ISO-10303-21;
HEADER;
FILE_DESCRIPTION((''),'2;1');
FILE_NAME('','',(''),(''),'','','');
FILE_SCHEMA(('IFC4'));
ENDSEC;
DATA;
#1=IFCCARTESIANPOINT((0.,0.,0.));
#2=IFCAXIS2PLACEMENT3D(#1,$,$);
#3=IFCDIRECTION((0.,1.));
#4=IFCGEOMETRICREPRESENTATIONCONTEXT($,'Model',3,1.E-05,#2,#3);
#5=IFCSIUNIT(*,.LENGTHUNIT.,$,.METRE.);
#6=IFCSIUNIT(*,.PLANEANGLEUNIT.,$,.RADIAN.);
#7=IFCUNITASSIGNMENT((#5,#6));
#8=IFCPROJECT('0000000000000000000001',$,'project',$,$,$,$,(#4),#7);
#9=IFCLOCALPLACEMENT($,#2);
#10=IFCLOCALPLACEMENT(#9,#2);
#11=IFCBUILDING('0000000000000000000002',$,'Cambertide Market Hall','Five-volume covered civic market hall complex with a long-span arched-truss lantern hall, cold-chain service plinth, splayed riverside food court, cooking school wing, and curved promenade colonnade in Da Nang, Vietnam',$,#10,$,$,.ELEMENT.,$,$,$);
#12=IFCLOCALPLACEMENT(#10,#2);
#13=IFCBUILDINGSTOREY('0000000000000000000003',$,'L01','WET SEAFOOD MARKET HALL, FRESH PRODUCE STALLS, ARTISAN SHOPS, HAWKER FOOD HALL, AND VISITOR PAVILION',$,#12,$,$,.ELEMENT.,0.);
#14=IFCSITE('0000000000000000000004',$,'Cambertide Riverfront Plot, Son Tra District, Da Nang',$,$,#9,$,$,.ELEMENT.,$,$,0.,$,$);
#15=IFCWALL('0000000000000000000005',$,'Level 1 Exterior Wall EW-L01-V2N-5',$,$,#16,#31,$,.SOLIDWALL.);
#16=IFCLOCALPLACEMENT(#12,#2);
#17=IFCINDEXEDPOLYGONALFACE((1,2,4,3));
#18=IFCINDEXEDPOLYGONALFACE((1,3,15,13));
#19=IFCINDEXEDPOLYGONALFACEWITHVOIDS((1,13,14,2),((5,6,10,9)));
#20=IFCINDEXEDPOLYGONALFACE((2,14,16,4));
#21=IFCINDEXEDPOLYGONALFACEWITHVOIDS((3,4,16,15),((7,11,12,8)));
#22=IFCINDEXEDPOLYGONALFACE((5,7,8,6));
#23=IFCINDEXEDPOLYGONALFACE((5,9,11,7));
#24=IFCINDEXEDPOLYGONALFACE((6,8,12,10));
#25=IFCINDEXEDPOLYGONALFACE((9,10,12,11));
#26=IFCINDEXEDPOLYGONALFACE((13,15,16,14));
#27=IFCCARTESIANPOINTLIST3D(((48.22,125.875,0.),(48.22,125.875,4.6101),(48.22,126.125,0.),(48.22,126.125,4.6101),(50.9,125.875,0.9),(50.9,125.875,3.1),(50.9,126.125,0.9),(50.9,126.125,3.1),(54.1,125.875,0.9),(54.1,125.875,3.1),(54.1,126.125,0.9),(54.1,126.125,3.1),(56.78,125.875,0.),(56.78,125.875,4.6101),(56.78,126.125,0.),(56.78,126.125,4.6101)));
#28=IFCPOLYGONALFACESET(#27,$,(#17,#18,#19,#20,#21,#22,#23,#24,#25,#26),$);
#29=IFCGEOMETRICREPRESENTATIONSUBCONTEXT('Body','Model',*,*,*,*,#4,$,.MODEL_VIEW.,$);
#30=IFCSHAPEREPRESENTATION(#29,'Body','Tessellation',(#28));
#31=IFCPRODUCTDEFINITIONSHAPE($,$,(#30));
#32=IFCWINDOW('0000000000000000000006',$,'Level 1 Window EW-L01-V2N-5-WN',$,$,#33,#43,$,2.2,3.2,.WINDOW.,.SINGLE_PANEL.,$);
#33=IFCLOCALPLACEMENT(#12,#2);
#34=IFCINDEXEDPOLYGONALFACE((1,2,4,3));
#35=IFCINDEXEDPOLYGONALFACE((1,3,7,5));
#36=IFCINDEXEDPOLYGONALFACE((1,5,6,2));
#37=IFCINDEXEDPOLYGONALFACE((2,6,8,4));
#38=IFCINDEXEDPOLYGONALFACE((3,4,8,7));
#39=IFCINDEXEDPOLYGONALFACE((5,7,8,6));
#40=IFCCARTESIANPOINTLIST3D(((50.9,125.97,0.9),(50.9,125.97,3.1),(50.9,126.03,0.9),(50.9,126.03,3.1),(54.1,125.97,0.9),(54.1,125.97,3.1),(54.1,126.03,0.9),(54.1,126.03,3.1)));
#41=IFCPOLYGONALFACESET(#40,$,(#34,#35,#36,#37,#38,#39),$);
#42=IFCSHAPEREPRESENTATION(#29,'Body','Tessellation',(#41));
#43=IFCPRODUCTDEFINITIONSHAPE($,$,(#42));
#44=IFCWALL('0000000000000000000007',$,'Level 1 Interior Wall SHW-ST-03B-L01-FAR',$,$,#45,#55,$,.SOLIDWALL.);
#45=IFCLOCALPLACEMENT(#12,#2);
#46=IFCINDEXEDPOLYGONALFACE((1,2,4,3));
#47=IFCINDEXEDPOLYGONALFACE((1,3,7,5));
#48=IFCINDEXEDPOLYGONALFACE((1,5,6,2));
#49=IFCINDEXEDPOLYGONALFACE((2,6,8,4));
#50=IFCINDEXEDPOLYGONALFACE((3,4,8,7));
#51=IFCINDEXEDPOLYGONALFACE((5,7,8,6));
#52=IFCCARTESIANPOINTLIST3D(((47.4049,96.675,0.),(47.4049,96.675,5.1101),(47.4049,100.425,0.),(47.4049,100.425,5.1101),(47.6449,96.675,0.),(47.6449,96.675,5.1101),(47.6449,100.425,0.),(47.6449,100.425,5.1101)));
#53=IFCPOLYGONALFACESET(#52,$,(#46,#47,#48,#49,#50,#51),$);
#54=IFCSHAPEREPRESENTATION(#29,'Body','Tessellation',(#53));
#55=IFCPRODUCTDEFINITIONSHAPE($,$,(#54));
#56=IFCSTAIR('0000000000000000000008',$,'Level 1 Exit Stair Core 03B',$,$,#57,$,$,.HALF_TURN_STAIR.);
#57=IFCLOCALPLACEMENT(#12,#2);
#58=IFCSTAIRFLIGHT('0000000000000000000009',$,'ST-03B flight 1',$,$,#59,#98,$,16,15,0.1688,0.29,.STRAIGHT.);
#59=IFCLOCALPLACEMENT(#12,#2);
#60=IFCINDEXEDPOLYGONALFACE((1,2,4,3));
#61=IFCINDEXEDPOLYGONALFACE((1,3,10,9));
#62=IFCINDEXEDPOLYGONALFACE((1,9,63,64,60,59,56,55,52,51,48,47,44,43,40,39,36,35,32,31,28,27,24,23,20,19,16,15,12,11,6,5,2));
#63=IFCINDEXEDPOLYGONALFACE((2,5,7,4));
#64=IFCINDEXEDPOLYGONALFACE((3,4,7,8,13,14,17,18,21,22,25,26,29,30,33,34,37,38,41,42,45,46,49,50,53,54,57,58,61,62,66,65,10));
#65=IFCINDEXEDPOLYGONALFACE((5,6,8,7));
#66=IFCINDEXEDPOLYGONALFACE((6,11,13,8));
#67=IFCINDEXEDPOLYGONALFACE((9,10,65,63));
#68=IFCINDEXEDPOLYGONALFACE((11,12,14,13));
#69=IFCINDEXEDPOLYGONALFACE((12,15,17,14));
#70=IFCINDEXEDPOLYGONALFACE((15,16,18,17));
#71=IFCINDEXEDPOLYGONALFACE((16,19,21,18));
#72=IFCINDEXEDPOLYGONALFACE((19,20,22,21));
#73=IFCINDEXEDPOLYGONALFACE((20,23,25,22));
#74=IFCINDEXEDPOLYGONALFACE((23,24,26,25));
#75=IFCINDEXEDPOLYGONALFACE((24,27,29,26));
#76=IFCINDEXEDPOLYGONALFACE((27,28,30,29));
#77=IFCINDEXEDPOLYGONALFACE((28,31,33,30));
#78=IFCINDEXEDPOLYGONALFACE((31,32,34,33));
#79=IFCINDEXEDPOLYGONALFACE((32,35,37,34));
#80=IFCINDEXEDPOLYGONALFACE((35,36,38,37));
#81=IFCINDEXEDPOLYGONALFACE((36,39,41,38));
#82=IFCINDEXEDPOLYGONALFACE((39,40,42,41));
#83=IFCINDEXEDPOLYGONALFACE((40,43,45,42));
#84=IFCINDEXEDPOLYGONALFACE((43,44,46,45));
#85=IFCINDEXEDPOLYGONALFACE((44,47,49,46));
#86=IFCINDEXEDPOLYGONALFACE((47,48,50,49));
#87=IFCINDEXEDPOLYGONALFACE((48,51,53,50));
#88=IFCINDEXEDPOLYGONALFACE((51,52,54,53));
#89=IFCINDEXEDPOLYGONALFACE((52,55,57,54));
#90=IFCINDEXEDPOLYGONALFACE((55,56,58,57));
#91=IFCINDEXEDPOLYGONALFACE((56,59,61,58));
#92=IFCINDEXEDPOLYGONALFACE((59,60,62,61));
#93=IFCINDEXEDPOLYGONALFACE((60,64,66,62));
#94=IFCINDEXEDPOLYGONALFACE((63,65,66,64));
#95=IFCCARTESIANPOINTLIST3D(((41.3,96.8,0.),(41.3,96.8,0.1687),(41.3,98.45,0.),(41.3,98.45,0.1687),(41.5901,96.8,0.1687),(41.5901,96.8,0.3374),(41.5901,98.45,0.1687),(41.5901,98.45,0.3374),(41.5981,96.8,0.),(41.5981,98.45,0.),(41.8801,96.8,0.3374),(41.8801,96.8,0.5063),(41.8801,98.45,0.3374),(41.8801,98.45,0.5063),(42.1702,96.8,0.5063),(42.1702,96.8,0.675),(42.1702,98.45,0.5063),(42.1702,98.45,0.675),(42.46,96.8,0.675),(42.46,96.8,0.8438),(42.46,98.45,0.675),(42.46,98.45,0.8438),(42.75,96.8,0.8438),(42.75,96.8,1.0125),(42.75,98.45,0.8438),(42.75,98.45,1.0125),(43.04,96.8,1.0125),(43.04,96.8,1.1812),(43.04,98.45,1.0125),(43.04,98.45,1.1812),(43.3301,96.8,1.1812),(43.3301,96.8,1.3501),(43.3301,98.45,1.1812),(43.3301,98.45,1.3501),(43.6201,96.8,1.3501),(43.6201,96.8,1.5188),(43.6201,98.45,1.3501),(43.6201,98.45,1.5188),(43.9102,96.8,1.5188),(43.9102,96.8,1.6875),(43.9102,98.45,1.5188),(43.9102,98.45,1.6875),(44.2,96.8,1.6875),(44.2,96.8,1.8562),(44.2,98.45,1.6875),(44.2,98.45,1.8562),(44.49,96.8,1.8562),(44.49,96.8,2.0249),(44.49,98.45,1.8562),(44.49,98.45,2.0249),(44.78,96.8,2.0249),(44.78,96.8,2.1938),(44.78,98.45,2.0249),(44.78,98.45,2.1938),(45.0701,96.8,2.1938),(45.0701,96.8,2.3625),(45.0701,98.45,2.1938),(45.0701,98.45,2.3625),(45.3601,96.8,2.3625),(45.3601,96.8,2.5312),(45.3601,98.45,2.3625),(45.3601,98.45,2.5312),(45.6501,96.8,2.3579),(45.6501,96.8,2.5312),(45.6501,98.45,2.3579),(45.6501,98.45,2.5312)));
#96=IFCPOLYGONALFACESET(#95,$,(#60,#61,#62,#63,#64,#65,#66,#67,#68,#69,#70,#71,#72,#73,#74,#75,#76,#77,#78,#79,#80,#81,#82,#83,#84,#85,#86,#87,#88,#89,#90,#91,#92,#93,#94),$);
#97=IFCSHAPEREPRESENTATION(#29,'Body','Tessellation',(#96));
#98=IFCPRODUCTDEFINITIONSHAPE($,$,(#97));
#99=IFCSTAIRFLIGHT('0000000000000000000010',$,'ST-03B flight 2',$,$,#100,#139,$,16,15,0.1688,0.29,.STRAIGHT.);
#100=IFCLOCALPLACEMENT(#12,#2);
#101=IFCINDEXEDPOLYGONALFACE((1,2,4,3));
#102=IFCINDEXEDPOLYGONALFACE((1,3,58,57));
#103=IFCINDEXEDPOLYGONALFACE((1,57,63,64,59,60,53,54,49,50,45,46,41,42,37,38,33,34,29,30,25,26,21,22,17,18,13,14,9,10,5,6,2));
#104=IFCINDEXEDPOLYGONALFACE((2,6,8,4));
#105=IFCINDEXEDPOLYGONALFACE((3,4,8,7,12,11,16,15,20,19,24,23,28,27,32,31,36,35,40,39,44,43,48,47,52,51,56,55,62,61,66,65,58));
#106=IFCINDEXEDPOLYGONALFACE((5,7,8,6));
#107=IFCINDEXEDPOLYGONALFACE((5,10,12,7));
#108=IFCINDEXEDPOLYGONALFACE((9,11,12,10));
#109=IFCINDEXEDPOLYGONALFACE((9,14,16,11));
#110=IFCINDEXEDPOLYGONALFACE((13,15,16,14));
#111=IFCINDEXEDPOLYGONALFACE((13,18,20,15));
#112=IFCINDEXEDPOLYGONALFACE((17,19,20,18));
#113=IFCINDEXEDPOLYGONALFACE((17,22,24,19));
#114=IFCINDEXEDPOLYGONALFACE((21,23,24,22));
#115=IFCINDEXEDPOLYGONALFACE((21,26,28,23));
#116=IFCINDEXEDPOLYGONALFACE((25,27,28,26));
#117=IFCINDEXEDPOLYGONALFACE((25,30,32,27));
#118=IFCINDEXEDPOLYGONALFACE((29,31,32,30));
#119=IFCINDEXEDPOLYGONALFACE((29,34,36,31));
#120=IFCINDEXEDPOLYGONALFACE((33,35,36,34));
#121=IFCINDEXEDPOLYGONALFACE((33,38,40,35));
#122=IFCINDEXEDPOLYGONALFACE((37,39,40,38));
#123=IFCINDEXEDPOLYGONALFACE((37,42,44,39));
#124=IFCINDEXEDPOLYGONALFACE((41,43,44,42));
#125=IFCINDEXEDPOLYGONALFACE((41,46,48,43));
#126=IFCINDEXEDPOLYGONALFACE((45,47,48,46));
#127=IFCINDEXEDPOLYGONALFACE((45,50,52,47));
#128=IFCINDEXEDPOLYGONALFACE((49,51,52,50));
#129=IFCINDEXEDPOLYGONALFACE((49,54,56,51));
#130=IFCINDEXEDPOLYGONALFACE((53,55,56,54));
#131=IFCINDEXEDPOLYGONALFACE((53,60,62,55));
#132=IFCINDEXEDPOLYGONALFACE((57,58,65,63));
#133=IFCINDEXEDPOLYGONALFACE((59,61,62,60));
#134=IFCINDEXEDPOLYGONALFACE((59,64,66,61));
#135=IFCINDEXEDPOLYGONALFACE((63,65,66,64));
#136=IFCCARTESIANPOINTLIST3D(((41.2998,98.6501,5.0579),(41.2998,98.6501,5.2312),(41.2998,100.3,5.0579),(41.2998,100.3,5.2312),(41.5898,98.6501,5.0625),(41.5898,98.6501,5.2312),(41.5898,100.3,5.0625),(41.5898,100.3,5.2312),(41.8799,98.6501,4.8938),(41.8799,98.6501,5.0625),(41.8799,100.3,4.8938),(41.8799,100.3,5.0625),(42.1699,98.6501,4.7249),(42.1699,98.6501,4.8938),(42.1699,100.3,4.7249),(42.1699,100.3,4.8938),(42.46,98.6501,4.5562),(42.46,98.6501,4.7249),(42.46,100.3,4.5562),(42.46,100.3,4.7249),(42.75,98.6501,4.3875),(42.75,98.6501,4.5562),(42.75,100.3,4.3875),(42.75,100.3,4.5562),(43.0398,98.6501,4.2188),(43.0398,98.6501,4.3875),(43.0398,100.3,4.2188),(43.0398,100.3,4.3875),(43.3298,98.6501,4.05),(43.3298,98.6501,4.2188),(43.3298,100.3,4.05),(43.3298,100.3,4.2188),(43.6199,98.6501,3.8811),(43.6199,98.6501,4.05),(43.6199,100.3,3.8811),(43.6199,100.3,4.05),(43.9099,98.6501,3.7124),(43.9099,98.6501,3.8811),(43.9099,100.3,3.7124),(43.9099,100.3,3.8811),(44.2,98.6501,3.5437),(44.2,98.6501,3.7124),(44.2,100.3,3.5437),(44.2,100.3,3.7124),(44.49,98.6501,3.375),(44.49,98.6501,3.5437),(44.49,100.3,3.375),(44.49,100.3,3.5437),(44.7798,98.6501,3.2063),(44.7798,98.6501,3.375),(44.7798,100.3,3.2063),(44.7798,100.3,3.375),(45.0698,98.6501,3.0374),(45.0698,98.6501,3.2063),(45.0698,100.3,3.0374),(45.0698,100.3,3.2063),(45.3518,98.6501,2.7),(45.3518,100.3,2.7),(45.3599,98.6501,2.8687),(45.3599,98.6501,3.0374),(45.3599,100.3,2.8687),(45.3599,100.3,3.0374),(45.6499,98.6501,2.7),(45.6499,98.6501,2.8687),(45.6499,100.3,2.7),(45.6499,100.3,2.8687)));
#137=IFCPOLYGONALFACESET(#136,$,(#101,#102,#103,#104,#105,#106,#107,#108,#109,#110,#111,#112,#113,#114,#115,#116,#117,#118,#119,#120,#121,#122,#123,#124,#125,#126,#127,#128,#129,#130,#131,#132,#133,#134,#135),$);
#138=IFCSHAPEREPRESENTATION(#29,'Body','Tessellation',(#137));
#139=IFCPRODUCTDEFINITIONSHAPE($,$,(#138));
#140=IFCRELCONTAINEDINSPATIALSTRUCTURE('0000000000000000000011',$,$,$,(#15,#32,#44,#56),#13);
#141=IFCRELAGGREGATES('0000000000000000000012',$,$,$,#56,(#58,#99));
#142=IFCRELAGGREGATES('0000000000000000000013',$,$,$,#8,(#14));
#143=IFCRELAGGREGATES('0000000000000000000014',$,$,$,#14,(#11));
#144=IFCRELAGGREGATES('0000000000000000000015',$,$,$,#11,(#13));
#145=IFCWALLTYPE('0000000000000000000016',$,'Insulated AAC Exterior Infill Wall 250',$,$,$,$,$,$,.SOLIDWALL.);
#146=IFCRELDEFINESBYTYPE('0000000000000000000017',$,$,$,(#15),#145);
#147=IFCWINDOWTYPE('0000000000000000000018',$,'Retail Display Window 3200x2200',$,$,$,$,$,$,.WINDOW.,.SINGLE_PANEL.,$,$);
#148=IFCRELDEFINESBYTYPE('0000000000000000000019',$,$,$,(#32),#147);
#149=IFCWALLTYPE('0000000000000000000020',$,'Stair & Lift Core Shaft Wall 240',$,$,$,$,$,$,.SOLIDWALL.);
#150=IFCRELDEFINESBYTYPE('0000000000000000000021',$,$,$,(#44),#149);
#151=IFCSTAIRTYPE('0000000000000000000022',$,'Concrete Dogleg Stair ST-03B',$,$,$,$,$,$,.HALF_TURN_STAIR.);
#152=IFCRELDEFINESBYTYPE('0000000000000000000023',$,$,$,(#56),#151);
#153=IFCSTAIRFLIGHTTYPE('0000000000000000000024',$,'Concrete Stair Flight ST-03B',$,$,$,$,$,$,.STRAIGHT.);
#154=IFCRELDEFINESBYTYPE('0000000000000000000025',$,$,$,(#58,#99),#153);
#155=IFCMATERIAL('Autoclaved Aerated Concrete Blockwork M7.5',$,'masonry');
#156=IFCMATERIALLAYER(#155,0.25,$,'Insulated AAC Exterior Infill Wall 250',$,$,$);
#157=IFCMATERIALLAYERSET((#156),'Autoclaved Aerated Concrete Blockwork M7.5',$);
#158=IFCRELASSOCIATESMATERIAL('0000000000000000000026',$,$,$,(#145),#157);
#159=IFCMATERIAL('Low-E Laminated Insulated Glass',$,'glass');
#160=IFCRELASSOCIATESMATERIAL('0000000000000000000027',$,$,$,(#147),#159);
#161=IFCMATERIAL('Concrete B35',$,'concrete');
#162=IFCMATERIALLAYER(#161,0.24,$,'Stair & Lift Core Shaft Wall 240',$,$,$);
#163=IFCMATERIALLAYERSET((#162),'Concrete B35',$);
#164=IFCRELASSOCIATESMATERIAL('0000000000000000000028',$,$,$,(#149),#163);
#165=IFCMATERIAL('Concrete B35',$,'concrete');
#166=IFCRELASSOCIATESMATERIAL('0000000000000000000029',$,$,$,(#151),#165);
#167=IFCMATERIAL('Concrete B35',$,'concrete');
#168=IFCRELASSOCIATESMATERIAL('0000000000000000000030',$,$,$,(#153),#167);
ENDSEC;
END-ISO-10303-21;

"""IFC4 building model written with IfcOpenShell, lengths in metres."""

from ifc_helpers import new_model, si_unit, direction, frame, frame_2d, origin, place, context, subcontext, project, spatial, polyline, rectangle, outline, extrude, material, layer, layer_set, type_object, element, fill, aggregate, save


model = new_model("IFC4")

# Units and contexts
model_context = context("Model", 3, precision=1e-05, world=origin(), true_north=direction((0.0, 1.0)))
body_context = subcontext(model_context, "Body", "Model", "MODEL_VIEW")
ifc_project = project(units=[si_unit("LENGTHUNIT", "METRE"), si_unit("PLANEANGLEUNIT", "RADIAN")], contexts=[model_context])

# Site, building, storey
site_placement = place(None, origin())
site = spatial("IfcSite", under=ifc_project, at=site_placement, Name="Cambertide Riverfront Plot, Son Tra District, Da Nang", CompositionType="ELEMENT", RefElevation=0.0)
building_placement = place(site_placement, origin())
building = spatial("IfcBuilding", under=site, at=building_placement, Name="Cambertide Market Hall", Description="Five-volume covered civic market hall complex with a long-span arched-truss lantern hall, cold-chain service plinth, splayed riverside food court, cooking school wing, and curved promenade colonnade in Da Nang, Vietnam", CompositionType="ELEMENT")
storey_placement = place(building_placement, origin())
storey = spatial("IfcBuildingStorey", under=building, at=storey_placement, Name="L01", Description="WET SEAFOOD MARKET HALL, FRESH PRODUCE STALLS, ARTISAN SHOPS, HAWKER FOOD HALL, AND VISITOR PAVILION", CompositionType="ELEMENT", Elevation=0.0)

# Wall, opening, window
ifc_material_1 = material(Name="Autoclaved Aerated Concrete Blockwork M7.5", Category="masonry")
ifc_layer_1 = layer(ifc_material_1, 0.25, Name="Insulated AAC Exterior Infill Wall 250")
ifc_layer_set_1 = layer_set([ifc_layer_1], Name="Autoclaved Aerated Concrete Blockwork M7.5")
wall_type_1 = type_object("IfcWallType", Name="Insulated AAC Exterior Infill Wall 250", PredefinedType="SOLIDWALL", material=ifc_layer_set_1)
wall_1_placement = place(storey_placement, frame((48.22, 126.0, 0.0), z_axis=(0.0, 0.0, 1.0), x_axis=(1.0, 0.0, 0.0)))
wall_1 = element("IfcWall", 1, at=wall_1_placement, inside=storey, type_object=wall_type_1, Name="Level 1 Exterior Wall EW-L01-V2N-5", PredefinedType="SOLIDWALL", context=body_context, shape_type="SweptSolid", body=[
    extrude(rectangle(XDim=8.5601, YDim=0.25, at=frame_2d((4.28, 0.0))), origin(), (0.0, 0.0, 1.0), 4.6101),
])
opening_1_placement = place(wall_1_placement, frame((2.6799, 0.0, 0.8999)))
opening_1 = element("IfcOpeningElement", 2, at=opening_1_placement, cuts=wall_1, PredefinedType="OPENING", context=body_context, shape_type="SweptSolid", body=[
    extrude(rectangle(XDim=3.2, YDim=2.2, at=frame_2d((1.6001, 1.1001))), frame((0.0, 0.135, 0.0), z_axis=(0.0, -1.0, 0.0), x_axis=(1.0, 0.0, 0.0)), (0.0, 0.0, 1.0), 0.27),
])
ifc_material_2 = material(Name="Low-E Laminated Insulated Glass", Category="glass")
window_type = type_object("IfcWindowType", Name="Retail Display Window 3200x2200", PartitioningType="SINGLE_PANEL", PredefinedType="WINDOW", material=ifc_material_2)
window_placement = place(opening_1_placement, origin())
window = element("IfcWindow", 3, at=window_placement, inside=storey, type_object=window_type, Name="Level 1 Window EW-L01-V2N-5-WN", OverallHeight=2.2, OverallWidth=3.2, PartitioningType="SINGLE_PANEL", PredefinedType="WINDOW", context=body_context, shape_type="SweptSolid", body=[
    extrude(rectangle(XDim=3.2, YDim=2.2, at=frame_2d((1.6001, 1.1001))), frame((0.0, 0.03, 0.0), z_axis=(0.0, -1.0, 0.0), x_axis=(1.0, 0.0, 0.0)), (0.0, 0.0, 1.0), 0.0601),
])
fill(opening_1, window)

# Wall
ifc_material_3 = material(Name="Concrete B35", Category="concrete")
ifc_layer_2 = layer(ifc_material_3, 0.24, Name="Stair & Lift Core Shaft Wall 240")
ifc_layer_set_2 = layer_set([ifc_layer_2], Name="Concrete B35")
wall_type_2 = type_object("IfcWallType", Name="Stair & Lift Core Shaft Wall 240", PredefinedType="SOLIDWALL", material=ifc_layer_set_2)
wall_2_placement = place(storey_placement, frame((47.5249, 100.425, 0.0), z_axis=(0.0, 0.0, 1.0), x_axis=(0.0, -1.0, 0.0)))
element("IfcWall", 4, at=wall_2_placement, inside=storey, type_object=wall_type_2, Name="Level 1 Interior Wall SHW-ST-03B-L01-FAR", PredefinedType="SOLIDWALL", context=body_context, shape_type="SweptSolid", body=[
    extrude(rectangle(XDim=3.75, YDim=0.24, at=frame_2d((1.875, 0.0))), origin(), (0.0, 0.0, 1.0), 5.1101),
])

# Stair, stair flights
ifc_material_4 = material(Name="Concrete B35", Category="concrete")
stair_type = type_object("IfcStairType", Name="Concrete Dogleg Stair ST-03B", PredefinedType="HALF_TURN_STAIR", material=ifc_material_4)
stair_placement = place(storey_placement, origin())
stair = element("IfcStair", 5, at=stair_placement, inside=storey, type_object=stair_type, Name="Level 1 Exit Stair Core 03B", PredefinedType="HALF_TURN_STAIR")
ifc_material_5 = material(Name="Concrete B35", Category="concrete")
stair_flight_type = type_object("IfcStairFlightType", Name="Concrete Stair Flight ST-03B", PredefinedType="STRAIGHT", material=ifc_material_5)
stair_flight_1_placement = place(storey_placement, frame((41.3, 97.625, 0.0), z_axis=(0.0, 0.0, 1.0), x_axis=(1.0, 0.0, 0.0)))
stair_flight_1 = element("IfcStairFlight", 6, at=stair_flight_1_placement, type_object=stair_flight_type, Name="ST-03B flight 1", NumberOfRisers=16, NumberOfTreads=15, PredefinedType="STRAIGHT", RiserHeight=0.1688, TreadLength=0.29, context=body_context, shape_type="SweptSolid", body=[
    extrude(outline(polyline([(0.0, 0.0), (0.0, 0.1687), (0.29, 0.1687), (0.29, 0.3374), (0.5801, 0.3374), (0.5801, 0.5063), (0.8701, 0.5063), (0.8701, 0.675), (1.1599, 0.675), (1.1599, 0.8438), (1.45, 0.8438), (1.45, 1.0125), (1.74, 1.0125), (1.74, 1.1812), (2.03, 1.1812), (2.03, 1.3501), (2.3201, 1.3501), (2.3201, 1.5188), (2.6101, 1.5188), (2.6101, 1.6875), (2.8999, 1.6875), (2.8999, 1.8562), (3.1899, 1.8562), (3.1899, 2.0249), (3.48, 2.0249), (3.48, 2.1938), (3.77, 2.1938), (3.77, 2.3625), (4.0601, 2.3625), (4.0601, 2.5312), (4.3501, 2.5312), (4.3501, 2.7), (4.3501, 2.3579), (0.2981, 0.0), (0.0, 0.0)])), frame((0.0, 0.825, 0.0), z_axis=(0.0, -1.0, 0.0), x_axis=(1.0, 0.0, 0.0)), (0.0, 0.0, 1.0), 1.6499),
])
stair_flight_2_placement = place(storey_placement, frame((45.6499, 99.4751, 2.7), z_axis=(0.0, 0.0, 1.0), x_axis=(-1.0, 0.0, 0.0)))
stair_flight_2 = element("IfcStairFlight", 7, at=stair_flight_2_placement, type_object=stair_flight_type, Name="ST-03B flight 2", NumberOfRisers=16, NumberOfTreads=15, PredefinedType="STRAIGHT", RiserHeight=0.1688, TreadLength=0.29, context=body_context, shape_type="SweptSolid", body=[
    extrude(outline(polyline([(0.0, 0.0), (0.0, 0.1687), (0.29, 0.1687), (0.29, 0.3374), (0.5801, 0.3374), (0.5801, 0.5063), (0.8701, 0.5063), (0.8701, 0.675), (1.1599, 0.675), (1.1599, 0.8438), (1.45, 0.8438), (1.45, 1.0125), (1.74, 1.0125), (1.74, 1.1812), (2.03, 1.1812), (2.03, 1.3501), (2.3201, 1.3501), (2.3201, 1.5188), (2.6101, 1.5188), (2.6101, 1.6875), (2.8999, 1.6875), (2.8999, 1.8562), (3.1899, 1.8562), (3.1899, 2.0249), (3.48, 2.0249), (3.48, 2.1938), (3.77, 2.1938), (3.77, 2.3625), (4.0601, 2.3625), (4.0601, 2.5312), (4.3501, 2.5312), (4.3501, 2.7), (4.3501, 2.3579), (0.2981, 0.0), (0.0, 0.0)])), frame((0.0, 0.825, 0.0), z_axis=(0.0, -1.0, 0.0), x_axis=(1.0, 0.0, 0.0)), (0.0, 0.0, 1.0), 1.6499),
])
aggregate(stair, [stair_flight_1, stair_flight_2])

save(model, "model.ifc")
